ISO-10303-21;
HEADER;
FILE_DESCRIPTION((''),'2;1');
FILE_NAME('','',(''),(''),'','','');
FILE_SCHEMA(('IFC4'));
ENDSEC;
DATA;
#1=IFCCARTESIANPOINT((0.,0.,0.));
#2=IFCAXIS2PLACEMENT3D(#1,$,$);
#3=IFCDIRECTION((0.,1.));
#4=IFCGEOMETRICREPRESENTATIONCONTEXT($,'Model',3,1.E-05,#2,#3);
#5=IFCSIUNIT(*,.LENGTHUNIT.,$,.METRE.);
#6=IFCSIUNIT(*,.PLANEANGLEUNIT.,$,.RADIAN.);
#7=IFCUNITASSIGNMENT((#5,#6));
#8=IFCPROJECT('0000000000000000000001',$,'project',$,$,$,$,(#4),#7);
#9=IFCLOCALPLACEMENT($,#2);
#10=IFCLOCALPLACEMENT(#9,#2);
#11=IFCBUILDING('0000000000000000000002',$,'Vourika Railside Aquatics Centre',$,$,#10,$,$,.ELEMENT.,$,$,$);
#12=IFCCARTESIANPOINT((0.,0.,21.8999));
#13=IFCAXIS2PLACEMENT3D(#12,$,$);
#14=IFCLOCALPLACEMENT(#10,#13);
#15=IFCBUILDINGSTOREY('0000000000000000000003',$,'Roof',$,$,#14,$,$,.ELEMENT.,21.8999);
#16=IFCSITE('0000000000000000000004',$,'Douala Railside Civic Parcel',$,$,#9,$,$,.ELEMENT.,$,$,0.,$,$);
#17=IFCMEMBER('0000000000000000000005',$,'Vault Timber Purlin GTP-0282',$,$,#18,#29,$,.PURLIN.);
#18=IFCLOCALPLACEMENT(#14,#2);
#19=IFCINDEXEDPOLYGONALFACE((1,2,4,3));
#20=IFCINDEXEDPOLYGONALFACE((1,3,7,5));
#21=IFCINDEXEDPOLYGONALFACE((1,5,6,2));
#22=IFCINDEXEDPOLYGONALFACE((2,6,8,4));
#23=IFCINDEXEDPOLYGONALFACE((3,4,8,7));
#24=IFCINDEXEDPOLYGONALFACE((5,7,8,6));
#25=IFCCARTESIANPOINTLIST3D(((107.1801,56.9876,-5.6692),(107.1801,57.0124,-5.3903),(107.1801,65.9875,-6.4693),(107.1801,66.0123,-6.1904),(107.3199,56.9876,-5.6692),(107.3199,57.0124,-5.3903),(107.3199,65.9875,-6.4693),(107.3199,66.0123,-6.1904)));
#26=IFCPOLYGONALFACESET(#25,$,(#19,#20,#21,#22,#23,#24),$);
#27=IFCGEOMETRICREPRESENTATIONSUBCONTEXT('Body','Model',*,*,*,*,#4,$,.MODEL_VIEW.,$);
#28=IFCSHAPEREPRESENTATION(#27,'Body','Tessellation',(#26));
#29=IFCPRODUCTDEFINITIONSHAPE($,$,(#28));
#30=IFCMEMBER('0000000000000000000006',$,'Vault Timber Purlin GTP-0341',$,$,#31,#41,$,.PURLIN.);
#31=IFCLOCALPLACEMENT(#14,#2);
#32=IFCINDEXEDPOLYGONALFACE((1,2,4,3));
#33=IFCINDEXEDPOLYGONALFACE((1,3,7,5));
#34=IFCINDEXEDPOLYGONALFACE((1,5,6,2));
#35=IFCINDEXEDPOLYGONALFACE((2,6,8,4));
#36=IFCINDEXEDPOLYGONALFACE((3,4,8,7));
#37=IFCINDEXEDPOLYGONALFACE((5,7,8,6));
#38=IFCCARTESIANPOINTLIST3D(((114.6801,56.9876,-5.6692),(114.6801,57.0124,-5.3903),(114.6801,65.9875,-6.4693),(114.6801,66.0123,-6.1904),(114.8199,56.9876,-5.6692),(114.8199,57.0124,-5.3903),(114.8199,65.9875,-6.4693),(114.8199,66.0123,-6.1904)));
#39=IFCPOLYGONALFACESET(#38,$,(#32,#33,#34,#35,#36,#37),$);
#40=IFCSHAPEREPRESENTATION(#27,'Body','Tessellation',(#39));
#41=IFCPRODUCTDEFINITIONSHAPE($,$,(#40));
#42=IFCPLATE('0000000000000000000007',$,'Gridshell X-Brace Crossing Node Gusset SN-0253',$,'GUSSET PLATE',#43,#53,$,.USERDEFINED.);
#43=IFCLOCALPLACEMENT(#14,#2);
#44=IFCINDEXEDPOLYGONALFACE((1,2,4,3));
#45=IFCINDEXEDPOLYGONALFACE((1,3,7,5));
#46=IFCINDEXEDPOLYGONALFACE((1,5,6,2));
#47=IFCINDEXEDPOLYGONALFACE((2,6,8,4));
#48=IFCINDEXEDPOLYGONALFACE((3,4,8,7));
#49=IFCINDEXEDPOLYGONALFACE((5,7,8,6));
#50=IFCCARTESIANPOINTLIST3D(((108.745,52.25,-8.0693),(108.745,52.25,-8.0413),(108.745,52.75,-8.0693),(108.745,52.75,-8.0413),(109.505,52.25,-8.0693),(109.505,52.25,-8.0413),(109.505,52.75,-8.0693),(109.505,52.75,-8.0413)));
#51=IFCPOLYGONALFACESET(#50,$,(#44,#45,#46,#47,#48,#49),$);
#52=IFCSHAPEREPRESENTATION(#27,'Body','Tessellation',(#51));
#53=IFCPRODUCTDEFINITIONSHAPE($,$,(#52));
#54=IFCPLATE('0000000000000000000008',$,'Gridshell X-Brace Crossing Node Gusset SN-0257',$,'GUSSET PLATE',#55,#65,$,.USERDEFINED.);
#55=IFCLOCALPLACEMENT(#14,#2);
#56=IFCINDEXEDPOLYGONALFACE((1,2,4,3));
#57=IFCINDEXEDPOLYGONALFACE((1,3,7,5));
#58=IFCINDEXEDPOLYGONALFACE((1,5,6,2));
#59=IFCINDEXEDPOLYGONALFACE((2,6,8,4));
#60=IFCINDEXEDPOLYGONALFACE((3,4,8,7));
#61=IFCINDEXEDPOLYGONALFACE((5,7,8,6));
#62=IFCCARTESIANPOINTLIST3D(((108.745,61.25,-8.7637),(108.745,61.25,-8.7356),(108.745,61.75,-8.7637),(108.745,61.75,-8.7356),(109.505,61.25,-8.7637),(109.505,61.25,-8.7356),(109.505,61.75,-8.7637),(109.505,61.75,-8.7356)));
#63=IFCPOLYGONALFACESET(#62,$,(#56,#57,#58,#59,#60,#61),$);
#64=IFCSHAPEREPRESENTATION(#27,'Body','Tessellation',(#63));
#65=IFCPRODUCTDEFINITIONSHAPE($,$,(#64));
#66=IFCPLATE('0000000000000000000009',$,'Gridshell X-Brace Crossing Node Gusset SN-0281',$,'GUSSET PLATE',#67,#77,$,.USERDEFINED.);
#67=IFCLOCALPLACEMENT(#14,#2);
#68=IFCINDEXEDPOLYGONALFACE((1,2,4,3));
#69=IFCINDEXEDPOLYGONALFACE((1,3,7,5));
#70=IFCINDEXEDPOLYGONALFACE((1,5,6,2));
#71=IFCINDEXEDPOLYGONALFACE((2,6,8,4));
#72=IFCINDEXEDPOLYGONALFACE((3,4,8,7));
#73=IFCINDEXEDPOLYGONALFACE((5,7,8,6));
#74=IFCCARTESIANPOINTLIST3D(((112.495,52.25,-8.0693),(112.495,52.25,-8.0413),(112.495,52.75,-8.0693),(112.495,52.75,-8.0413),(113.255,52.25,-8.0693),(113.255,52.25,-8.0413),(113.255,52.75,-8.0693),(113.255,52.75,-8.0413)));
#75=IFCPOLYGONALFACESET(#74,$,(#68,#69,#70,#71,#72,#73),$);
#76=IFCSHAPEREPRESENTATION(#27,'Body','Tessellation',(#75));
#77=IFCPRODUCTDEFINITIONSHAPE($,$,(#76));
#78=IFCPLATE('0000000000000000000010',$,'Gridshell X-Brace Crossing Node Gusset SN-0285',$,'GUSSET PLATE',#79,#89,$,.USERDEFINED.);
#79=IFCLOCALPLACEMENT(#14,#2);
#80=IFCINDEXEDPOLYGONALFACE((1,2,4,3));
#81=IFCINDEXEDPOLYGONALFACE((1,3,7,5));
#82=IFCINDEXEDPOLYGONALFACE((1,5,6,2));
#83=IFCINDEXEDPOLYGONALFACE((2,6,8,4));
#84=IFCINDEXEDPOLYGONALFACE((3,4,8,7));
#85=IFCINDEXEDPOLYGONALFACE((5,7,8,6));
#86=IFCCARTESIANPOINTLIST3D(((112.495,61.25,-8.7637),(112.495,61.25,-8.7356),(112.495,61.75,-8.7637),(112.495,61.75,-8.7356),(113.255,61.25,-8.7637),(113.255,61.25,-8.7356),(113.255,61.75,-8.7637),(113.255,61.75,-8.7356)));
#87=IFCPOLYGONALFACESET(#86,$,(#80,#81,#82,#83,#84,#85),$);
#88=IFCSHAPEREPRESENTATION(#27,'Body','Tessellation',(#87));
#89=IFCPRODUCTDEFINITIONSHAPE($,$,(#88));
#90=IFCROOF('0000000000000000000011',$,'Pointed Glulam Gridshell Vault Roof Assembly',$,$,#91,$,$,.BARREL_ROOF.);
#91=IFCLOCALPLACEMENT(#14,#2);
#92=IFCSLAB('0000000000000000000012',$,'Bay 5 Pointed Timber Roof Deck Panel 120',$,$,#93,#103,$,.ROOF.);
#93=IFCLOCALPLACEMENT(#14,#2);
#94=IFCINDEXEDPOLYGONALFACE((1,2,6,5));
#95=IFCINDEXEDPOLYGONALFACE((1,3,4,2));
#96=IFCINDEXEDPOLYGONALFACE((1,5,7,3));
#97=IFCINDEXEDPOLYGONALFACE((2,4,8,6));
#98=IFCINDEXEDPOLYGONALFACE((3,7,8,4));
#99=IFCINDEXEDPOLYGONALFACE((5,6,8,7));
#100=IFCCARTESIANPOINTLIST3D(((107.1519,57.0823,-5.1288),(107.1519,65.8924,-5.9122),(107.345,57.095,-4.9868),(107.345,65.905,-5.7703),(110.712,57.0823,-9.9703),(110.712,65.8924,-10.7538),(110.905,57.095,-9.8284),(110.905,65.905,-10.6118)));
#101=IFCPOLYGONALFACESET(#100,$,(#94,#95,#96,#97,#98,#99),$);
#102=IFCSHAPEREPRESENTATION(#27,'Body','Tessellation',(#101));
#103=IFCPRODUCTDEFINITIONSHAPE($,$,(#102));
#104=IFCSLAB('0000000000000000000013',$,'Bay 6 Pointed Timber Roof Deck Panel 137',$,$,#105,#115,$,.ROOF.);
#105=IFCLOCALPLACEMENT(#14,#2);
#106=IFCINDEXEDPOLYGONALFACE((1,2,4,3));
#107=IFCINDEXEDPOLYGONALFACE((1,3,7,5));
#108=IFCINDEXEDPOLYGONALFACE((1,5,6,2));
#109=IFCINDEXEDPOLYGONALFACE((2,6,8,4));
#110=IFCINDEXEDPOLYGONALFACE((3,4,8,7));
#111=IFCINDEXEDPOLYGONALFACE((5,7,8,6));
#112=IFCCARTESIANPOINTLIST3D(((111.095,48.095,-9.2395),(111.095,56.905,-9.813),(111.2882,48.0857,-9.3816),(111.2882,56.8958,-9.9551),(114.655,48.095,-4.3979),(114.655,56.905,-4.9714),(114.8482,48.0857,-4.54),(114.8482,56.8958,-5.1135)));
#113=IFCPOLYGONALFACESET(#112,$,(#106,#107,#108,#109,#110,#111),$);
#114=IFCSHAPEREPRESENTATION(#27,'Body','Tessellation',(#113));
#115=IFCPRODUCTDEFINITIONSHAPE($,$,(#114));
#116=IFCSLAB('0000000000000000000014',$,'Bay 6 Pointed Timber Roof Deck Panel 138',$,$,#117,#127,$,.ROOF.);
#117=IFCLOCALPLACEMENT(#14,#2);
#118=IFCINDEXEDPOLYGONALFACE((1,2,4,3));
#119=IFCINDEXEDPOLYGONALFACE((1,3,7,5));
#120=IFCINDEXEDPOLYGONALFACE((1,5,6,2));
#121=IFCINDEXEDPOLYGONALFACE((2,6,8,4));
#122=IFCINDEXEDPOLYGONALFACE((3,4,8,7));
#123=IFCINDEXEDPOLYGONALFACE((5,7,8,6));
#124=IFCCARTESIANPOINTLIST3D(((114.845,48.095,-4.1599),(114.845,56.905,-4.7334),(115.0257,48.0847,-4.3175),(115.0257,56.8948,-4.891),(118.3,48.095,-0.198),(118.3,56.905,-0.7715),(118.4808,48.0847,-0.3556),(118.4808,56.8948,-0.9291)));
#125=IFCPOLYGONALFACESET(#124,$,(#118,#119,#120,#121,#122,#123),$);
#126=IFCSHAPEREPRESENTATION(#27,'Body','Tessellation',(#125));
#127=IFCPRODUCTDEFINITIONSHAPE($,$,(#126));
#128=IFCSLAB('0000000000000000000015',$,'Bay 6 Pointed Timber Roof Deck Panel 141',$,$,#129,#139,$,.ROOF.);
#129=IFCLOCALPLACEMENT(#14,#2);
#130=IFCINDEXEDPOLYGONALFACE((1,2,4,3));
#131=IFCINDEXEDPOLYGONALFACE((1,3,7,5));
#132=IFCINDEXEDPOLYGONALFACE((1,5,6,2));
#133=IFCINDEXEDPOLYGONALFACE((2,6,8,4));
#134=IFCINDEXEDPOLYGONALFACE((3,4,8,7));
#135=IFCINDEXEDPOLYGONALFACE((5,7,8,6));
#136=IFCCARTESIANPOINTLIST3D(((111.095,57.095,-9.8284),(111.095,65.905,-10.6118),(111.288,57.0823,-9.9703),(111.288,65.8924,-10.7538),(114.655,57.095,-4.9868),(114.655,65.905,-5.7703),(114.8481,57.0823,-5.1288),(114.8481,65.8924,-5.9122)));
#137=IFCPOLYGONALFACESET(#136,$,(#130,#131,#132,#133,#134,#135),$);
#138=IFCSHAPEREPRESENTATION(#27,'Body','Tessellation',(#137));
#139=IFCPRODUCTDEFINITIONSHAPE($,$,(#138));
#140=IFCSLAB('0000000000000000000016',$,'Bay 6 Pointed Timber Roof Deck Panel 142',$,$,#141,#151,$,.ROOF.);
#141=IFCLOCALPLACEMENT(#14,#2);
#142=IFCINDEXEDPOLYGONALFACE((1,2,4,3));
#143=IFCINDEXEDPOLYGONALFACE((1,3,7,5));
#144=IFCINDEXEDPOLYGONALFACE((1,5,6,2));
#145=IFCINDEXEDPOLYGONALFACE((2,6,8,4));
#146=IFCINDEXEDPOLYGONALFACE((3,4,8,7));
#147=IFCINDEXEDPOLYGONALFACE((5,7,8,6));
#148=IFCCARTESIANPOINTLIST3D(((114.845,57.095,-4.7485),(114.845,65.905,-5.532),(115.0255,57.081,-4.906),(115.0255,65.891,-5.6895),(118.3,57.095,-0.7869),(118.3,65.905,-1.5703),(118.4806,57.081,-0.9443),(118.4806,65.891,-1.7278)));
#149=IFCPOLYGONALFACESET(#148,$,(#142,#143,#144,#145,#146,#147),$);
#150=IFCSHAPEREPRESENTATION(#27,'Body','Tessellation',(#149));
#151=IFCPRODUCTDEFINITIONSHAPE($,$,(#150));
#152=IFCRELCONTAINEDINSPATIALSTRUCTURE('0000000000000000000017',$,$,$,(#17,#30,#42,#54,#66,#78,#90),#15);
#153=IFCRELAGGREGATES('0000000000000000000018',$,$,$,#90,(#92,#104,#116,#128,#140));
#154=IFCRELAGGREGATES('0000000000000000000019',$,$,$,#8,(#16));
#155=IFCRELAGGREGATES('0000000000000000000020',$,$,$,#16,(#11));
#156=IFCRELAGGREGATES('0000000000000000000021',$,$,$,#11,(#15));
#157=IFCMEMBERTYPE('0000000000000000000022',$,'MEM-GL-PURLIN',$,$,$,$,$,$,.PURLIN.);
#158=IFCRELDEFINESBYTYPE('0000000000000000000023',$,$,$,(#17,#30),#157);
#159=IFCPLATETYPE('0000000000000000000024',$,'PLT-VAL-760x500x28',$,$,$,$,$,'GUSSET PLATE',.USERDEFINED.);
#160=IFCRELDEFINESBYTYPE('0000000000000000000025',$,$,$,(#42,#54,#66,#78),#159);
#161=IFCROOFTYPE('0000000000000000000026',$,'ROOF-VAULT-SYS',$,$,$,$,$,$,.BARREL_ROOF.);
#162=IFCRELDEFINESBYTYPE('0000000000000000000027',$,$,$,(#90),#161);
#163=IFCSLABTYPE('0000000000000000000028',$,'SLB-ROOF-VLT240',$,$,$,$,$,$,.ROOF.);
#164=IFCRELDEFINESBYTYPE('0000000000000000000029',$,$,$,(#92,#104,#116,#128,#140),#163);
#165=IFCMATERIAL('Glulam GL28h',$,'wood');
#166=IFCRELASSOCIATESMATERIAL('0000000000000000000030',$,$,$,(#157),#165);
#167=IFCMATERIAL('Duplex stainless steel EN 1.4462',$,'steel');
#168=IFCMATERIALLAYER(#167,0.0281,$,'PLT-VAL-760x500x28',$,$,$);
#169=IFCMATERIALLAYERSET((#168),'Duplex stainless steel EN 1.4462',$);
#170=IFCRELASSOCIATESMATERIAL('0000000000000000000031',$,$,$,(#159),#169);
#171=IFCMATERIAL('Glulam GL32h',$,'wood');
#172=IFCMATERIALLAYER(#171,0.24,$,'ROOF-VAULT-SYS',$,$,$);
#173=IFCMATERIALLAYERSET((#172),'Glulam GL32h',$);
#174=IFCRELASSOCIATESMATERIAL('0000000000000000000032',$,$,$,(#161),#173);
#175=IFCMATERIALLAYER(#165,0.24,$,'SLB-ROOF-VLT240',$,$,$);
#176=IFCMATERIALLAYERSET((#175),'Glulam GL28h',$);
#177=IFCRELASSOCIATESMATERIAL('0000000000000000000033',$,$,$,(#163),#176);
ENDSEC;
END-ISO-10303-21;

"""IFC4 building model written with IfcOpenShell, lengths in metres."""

from ifc_helpers import new_model, si_unit, direction, frame, origin, origin_2d, place, context, subcontext, project, spatial, polyline, rectangle, outline, extrude, material, layer, layer_set, material_profile, profile_set, type_object, element, aggregate, save


model = new_model("IFC4")

# Units and contexts
model_context = context("Model", 3, precision=1e-05, world=origin(), true_north=direction((0.0, 1.0)))
body_context = subcontext(model_context, "Body", "Model", "MODEL_VIEW")
ifc_project = project(units=[si_unit("LENGTHUNIT", "METRE"), si_unit("PLANEANGLEUNIT", "RADIAN")], contexts=[model_context])

# Site, building, storey
site_placement = place(None, origin())
site = spatial("IfcSite", under=ifc_project, at=site_placement, Name="Douala Railside Civic Parcel", CompositionType="ELEMENT", RefElevation=0.0)
building_placement = place(site_placement, origin())
building = spatial("IfcBuilding", under=site, at=building_placement, Name="Vourika Railside Aquatics Centre", CompositionType="ELEMENT")
storey_placement = place(building_placement, frame((0.0, 0.0, 21.8999)))
storey = spatial("IfcBuildingStorey", under=building, at=storey_placement, Name="Roof", CompositionType="ELEMENT", Elevation=21.8999)

# Shared definitions
ifc_material_1 = material(Name="Glulam GL32h", Category="wood")

# Members
ifc_material_2 = material(Name="Glulam GL28h", Category="wood")
ifc_material_profile_1 = material_profile(ifc_material_2, rectangle(XDim=0.1399, YDim=0.28, at=origin_2d()), Name="GL28h 140x280")
ifc_profile_set_1 = profile_set([ifc_material_profile_1], Name="Glulam GL28h")
member_type_1 = type_object("IfcMemberType", Name="MEM-GL-PURLIN", PredefinedType="PURLIN", material=ifc_profile_set_1)
for number, where, z_axis, x_axis, name in (
    (1, (107.25, 57.0, -5.5298), (0.0, 0.996072, -0.088545), (-1.0, 0.0, 0.0), "Vault Timber Purlin GTP-0282"),
    (2, (114.75, 57.0, -5.5298), (0.0, 0.996072, -0.088545), (-1.0, 0.0, 0.0), "Vault Timber Purlin GTP-0341"),
):
    element("IfcMember", number, at=place(storey_placement, frame(where, z_axis=z_axis, x_axis=x_axis)), inside=storey, type_object=member_type_1, Name=name, PredefinedType="PURLIN", context=body_context, shape_type="SweptSolid", body=[
        extrude(rectangle(XDim=0.1399, YDim=0.28, at=origin_2d()), origin(), (0.0, 0.0, 1.0), 9.0354),
    ])

# Plates
ifc_material_3 = material(Name="Duplex stainless steel EN 1.4462", Category="steel")
ifc_layer_1 = layer(ifc_material_3, 0.0281, Name="PLT-VAL-760x500x28")
ifc_layer_set_1 = layer_set([ifc_layer_1], Name="Duplex stainless steel EN 1.4462")
plate_type = type_object("IfcPlateType", Name="PLT-VAL-760x500x28", ElementType="GUSSET PLATE", PredefinedType="USERDEFINED", material=ifc_layer_set_1)
for number, where, z_axis, x_axis, name in (
    (3, (109.125, 52.5, -8.0693), (0.0, 0.0, 1.0), (1.0, 0.0, 0.0), "Gridshell X-Brace Crossing Node Gusset SN-0253"),
    (4, (109.125, 61.5, -8.7637), (0.0, 0.0, 1.0), (1.0, 0.0, 0.0), "Gridshell X-Brace Crossing Node Gusset SN-0257"),
    (5, (112.875, 52.5, -8.0693), (0.0, 0.0, 1.0), (1.0, 0.0, 0.0), "Gridshell X-Brace Crossing Node Gusset SN-0281"),
    (6, (112.875, 61.5, -8.7637), (0.0, 0.0, 1.0), (1.0, 0.0, 0.0), "Gridshell X-Brace Crossing Node Gusset SN-0285"),
):
    element("IfcPlate", number, at=place(storey_placement, frame(where, z_axis=z_axis, x_axis=x_axis)), inside=storey, type_object=plate_type, Name=name, ObjectType="GUSSET PLATE", PredefinedType="USERDEFINED", context=body_context, shape_type="SweptSolid", body=[
        extrude(rectangle(XDim=0.76, YDim=0.5, at=origin_2d()), origin(), (0.0, 0.0, 1.0), 0.0281),
    ])

# Roof, slabs
ifc_layer_2 = layer(ifc_material_1, 0.24, Name="ROOF-VAULT-SYS")
ifc_layer_set_2 = layer_set([ifc_layer_2], Name="Glulam GL32h")
roof_type = type_object("IfcRoofType", Name="ROOF-VAULT-SYS", PredefinedType="BARREL_ROOF", material=ifc_layer_set_2)
roof_placement = place(storey_placement, origin())
roof = element("IfcRoof", 7, at=roof_placement, inside=storey, type_object=roof_type, Name="Pointed Glulam Gridshell Vault Roof Assembly", PredefinedType="BARREL_ROOF")
ifc_layer_3 = layer(ifc_material_2, 0.24, Name="SLB-ROOF-VLT240")
ifc_layer_set_3 = layer_set([ifc_layer_3], Name="Glulam GL28h")
slab_type = type_object("IfcSlabType", Name="SLB-ROOF-VLT240", PredefinedType="ROOF", material=ifc_layer_set_3)
slab_1_placement = place(storey_placement, frame((107.345, 57.095, -4.9868), z_axis=(0.804528, 0.052607, 0.59158), x_axis=(0.592401, 0.0, -0.805644)))
slab_1 = element("IfcSlab", 8, at=slab_1_placement, type_object=slab_type, Name="Bay 5 Pointed Timber Roof Deck Panel 120", PredefinedType="ROOF", context=body_context, shape_type="SweptSolid", body=[
    extrude(outline(polyline([(0.0, 0.0), (6.0095, 0.0), (6.6407, 8.8223), (0.6312, 8.8223), (0.0, 0.0)])), origin(), (0.0, 0.0, -1.0), 0.24),
])
slab_2_placement = place(storey_placement, frame((111.095, 48.095, -9.2395), z_axis=(-0.805045, 0.038533, 0.591961), x_axis=(0.592401, 0.0, 0.805644)))
slab_2 = element("IfcSlab", 9, at=slab_2_placement, type_object=slab_type, Name="Bay 6 Pointed Timber Roof Deck Panel 137", PredefinedType="ROOF", context=body_context, shape_type="SweptSolid", body=[
    extrude(outline(polyline([(0.0, 0.0), (6.0095, 0.0), (5.5475, 8.8166), (-0.462, 8.8166), (0.0, 0.0)])), origin(), (0.0, 0.0, -1.0), 0.24),
])
slab_3_placement = place(storey_placement, frame((114.845, 48.095, -4.1599), z_axis=(-0.75298, 0.042745, 0.656654), x_axis=(0.657254, 0.0, 0.753669)))
slab_3 = element("IfcSlab", 10, at=slab_3_placement, type_object=slab_type, Name="Bay 6 Pointed Timber Roof Deck Panel 138", PredefinedType="ROOF", context=body_context, shape_type="SweptSolid", body=[
    extrude(outline(polyline([(0.0, 0.0), (5.2568, 0.0), (4.8246, 8.8181), (-0.4322, 8.8181), (0.0, 0.0)])), origin(), (0.0, 0.0, -1.0), 0.24),
])
slab_4_placement = place(storey_placement, frame((111.095, 57.095, -9.8284), z_axis=(-0.804528, 0.052607, 0.59158), x_axis=(0.592401, 0.0, 0.805644)))
slab_4 = element("IfcSlab", 11, at=slab_4_placement, type_object=slab_type, Name="Bay 6 Pointed Timber Roof Deck Panel 141", PredefinedType="ROOF", context=body_context, shape_type="SweptSolid", body=[
    extrude(outline(polyline([(0.0, 0.0), (6.0095, 0.0), (5.3784, 8.8223), (-0.6312, 8.8223), (0.0, 0.0)])), origin(), (0.0, 0.0, -1.0), 0.24),
])
slab_5_placement = place(storey_placement, frame((114.845, 57.095, -4.7485), z_axis=(-0.752365, 0.05835, 0.656157), x_axis=(0.657277, 0.0, 0.753649)))
slab_5 = element("IfcSlab", 12, at=slab_5_placement, type_object=slab_type, Name="Bay 6 Pointed Timber Roof Deck Panel 142", PredefinedType="ROOF", context=body_context, shape_type="SweptSolid", body=[
    extrude(outline(polyline([(0.0, 0.0), (5.2567, 0.0), (4.6662, 8.8251), (-0.5904, 8.8251), (0.0, 0.0)])), origin(), (0.0, 0.0, -1.0), 0.24),
])
aggregate(roof, [slab_1, slab_2, slab_3, slab_4, slab_5])

save(model, "model.ifc")
